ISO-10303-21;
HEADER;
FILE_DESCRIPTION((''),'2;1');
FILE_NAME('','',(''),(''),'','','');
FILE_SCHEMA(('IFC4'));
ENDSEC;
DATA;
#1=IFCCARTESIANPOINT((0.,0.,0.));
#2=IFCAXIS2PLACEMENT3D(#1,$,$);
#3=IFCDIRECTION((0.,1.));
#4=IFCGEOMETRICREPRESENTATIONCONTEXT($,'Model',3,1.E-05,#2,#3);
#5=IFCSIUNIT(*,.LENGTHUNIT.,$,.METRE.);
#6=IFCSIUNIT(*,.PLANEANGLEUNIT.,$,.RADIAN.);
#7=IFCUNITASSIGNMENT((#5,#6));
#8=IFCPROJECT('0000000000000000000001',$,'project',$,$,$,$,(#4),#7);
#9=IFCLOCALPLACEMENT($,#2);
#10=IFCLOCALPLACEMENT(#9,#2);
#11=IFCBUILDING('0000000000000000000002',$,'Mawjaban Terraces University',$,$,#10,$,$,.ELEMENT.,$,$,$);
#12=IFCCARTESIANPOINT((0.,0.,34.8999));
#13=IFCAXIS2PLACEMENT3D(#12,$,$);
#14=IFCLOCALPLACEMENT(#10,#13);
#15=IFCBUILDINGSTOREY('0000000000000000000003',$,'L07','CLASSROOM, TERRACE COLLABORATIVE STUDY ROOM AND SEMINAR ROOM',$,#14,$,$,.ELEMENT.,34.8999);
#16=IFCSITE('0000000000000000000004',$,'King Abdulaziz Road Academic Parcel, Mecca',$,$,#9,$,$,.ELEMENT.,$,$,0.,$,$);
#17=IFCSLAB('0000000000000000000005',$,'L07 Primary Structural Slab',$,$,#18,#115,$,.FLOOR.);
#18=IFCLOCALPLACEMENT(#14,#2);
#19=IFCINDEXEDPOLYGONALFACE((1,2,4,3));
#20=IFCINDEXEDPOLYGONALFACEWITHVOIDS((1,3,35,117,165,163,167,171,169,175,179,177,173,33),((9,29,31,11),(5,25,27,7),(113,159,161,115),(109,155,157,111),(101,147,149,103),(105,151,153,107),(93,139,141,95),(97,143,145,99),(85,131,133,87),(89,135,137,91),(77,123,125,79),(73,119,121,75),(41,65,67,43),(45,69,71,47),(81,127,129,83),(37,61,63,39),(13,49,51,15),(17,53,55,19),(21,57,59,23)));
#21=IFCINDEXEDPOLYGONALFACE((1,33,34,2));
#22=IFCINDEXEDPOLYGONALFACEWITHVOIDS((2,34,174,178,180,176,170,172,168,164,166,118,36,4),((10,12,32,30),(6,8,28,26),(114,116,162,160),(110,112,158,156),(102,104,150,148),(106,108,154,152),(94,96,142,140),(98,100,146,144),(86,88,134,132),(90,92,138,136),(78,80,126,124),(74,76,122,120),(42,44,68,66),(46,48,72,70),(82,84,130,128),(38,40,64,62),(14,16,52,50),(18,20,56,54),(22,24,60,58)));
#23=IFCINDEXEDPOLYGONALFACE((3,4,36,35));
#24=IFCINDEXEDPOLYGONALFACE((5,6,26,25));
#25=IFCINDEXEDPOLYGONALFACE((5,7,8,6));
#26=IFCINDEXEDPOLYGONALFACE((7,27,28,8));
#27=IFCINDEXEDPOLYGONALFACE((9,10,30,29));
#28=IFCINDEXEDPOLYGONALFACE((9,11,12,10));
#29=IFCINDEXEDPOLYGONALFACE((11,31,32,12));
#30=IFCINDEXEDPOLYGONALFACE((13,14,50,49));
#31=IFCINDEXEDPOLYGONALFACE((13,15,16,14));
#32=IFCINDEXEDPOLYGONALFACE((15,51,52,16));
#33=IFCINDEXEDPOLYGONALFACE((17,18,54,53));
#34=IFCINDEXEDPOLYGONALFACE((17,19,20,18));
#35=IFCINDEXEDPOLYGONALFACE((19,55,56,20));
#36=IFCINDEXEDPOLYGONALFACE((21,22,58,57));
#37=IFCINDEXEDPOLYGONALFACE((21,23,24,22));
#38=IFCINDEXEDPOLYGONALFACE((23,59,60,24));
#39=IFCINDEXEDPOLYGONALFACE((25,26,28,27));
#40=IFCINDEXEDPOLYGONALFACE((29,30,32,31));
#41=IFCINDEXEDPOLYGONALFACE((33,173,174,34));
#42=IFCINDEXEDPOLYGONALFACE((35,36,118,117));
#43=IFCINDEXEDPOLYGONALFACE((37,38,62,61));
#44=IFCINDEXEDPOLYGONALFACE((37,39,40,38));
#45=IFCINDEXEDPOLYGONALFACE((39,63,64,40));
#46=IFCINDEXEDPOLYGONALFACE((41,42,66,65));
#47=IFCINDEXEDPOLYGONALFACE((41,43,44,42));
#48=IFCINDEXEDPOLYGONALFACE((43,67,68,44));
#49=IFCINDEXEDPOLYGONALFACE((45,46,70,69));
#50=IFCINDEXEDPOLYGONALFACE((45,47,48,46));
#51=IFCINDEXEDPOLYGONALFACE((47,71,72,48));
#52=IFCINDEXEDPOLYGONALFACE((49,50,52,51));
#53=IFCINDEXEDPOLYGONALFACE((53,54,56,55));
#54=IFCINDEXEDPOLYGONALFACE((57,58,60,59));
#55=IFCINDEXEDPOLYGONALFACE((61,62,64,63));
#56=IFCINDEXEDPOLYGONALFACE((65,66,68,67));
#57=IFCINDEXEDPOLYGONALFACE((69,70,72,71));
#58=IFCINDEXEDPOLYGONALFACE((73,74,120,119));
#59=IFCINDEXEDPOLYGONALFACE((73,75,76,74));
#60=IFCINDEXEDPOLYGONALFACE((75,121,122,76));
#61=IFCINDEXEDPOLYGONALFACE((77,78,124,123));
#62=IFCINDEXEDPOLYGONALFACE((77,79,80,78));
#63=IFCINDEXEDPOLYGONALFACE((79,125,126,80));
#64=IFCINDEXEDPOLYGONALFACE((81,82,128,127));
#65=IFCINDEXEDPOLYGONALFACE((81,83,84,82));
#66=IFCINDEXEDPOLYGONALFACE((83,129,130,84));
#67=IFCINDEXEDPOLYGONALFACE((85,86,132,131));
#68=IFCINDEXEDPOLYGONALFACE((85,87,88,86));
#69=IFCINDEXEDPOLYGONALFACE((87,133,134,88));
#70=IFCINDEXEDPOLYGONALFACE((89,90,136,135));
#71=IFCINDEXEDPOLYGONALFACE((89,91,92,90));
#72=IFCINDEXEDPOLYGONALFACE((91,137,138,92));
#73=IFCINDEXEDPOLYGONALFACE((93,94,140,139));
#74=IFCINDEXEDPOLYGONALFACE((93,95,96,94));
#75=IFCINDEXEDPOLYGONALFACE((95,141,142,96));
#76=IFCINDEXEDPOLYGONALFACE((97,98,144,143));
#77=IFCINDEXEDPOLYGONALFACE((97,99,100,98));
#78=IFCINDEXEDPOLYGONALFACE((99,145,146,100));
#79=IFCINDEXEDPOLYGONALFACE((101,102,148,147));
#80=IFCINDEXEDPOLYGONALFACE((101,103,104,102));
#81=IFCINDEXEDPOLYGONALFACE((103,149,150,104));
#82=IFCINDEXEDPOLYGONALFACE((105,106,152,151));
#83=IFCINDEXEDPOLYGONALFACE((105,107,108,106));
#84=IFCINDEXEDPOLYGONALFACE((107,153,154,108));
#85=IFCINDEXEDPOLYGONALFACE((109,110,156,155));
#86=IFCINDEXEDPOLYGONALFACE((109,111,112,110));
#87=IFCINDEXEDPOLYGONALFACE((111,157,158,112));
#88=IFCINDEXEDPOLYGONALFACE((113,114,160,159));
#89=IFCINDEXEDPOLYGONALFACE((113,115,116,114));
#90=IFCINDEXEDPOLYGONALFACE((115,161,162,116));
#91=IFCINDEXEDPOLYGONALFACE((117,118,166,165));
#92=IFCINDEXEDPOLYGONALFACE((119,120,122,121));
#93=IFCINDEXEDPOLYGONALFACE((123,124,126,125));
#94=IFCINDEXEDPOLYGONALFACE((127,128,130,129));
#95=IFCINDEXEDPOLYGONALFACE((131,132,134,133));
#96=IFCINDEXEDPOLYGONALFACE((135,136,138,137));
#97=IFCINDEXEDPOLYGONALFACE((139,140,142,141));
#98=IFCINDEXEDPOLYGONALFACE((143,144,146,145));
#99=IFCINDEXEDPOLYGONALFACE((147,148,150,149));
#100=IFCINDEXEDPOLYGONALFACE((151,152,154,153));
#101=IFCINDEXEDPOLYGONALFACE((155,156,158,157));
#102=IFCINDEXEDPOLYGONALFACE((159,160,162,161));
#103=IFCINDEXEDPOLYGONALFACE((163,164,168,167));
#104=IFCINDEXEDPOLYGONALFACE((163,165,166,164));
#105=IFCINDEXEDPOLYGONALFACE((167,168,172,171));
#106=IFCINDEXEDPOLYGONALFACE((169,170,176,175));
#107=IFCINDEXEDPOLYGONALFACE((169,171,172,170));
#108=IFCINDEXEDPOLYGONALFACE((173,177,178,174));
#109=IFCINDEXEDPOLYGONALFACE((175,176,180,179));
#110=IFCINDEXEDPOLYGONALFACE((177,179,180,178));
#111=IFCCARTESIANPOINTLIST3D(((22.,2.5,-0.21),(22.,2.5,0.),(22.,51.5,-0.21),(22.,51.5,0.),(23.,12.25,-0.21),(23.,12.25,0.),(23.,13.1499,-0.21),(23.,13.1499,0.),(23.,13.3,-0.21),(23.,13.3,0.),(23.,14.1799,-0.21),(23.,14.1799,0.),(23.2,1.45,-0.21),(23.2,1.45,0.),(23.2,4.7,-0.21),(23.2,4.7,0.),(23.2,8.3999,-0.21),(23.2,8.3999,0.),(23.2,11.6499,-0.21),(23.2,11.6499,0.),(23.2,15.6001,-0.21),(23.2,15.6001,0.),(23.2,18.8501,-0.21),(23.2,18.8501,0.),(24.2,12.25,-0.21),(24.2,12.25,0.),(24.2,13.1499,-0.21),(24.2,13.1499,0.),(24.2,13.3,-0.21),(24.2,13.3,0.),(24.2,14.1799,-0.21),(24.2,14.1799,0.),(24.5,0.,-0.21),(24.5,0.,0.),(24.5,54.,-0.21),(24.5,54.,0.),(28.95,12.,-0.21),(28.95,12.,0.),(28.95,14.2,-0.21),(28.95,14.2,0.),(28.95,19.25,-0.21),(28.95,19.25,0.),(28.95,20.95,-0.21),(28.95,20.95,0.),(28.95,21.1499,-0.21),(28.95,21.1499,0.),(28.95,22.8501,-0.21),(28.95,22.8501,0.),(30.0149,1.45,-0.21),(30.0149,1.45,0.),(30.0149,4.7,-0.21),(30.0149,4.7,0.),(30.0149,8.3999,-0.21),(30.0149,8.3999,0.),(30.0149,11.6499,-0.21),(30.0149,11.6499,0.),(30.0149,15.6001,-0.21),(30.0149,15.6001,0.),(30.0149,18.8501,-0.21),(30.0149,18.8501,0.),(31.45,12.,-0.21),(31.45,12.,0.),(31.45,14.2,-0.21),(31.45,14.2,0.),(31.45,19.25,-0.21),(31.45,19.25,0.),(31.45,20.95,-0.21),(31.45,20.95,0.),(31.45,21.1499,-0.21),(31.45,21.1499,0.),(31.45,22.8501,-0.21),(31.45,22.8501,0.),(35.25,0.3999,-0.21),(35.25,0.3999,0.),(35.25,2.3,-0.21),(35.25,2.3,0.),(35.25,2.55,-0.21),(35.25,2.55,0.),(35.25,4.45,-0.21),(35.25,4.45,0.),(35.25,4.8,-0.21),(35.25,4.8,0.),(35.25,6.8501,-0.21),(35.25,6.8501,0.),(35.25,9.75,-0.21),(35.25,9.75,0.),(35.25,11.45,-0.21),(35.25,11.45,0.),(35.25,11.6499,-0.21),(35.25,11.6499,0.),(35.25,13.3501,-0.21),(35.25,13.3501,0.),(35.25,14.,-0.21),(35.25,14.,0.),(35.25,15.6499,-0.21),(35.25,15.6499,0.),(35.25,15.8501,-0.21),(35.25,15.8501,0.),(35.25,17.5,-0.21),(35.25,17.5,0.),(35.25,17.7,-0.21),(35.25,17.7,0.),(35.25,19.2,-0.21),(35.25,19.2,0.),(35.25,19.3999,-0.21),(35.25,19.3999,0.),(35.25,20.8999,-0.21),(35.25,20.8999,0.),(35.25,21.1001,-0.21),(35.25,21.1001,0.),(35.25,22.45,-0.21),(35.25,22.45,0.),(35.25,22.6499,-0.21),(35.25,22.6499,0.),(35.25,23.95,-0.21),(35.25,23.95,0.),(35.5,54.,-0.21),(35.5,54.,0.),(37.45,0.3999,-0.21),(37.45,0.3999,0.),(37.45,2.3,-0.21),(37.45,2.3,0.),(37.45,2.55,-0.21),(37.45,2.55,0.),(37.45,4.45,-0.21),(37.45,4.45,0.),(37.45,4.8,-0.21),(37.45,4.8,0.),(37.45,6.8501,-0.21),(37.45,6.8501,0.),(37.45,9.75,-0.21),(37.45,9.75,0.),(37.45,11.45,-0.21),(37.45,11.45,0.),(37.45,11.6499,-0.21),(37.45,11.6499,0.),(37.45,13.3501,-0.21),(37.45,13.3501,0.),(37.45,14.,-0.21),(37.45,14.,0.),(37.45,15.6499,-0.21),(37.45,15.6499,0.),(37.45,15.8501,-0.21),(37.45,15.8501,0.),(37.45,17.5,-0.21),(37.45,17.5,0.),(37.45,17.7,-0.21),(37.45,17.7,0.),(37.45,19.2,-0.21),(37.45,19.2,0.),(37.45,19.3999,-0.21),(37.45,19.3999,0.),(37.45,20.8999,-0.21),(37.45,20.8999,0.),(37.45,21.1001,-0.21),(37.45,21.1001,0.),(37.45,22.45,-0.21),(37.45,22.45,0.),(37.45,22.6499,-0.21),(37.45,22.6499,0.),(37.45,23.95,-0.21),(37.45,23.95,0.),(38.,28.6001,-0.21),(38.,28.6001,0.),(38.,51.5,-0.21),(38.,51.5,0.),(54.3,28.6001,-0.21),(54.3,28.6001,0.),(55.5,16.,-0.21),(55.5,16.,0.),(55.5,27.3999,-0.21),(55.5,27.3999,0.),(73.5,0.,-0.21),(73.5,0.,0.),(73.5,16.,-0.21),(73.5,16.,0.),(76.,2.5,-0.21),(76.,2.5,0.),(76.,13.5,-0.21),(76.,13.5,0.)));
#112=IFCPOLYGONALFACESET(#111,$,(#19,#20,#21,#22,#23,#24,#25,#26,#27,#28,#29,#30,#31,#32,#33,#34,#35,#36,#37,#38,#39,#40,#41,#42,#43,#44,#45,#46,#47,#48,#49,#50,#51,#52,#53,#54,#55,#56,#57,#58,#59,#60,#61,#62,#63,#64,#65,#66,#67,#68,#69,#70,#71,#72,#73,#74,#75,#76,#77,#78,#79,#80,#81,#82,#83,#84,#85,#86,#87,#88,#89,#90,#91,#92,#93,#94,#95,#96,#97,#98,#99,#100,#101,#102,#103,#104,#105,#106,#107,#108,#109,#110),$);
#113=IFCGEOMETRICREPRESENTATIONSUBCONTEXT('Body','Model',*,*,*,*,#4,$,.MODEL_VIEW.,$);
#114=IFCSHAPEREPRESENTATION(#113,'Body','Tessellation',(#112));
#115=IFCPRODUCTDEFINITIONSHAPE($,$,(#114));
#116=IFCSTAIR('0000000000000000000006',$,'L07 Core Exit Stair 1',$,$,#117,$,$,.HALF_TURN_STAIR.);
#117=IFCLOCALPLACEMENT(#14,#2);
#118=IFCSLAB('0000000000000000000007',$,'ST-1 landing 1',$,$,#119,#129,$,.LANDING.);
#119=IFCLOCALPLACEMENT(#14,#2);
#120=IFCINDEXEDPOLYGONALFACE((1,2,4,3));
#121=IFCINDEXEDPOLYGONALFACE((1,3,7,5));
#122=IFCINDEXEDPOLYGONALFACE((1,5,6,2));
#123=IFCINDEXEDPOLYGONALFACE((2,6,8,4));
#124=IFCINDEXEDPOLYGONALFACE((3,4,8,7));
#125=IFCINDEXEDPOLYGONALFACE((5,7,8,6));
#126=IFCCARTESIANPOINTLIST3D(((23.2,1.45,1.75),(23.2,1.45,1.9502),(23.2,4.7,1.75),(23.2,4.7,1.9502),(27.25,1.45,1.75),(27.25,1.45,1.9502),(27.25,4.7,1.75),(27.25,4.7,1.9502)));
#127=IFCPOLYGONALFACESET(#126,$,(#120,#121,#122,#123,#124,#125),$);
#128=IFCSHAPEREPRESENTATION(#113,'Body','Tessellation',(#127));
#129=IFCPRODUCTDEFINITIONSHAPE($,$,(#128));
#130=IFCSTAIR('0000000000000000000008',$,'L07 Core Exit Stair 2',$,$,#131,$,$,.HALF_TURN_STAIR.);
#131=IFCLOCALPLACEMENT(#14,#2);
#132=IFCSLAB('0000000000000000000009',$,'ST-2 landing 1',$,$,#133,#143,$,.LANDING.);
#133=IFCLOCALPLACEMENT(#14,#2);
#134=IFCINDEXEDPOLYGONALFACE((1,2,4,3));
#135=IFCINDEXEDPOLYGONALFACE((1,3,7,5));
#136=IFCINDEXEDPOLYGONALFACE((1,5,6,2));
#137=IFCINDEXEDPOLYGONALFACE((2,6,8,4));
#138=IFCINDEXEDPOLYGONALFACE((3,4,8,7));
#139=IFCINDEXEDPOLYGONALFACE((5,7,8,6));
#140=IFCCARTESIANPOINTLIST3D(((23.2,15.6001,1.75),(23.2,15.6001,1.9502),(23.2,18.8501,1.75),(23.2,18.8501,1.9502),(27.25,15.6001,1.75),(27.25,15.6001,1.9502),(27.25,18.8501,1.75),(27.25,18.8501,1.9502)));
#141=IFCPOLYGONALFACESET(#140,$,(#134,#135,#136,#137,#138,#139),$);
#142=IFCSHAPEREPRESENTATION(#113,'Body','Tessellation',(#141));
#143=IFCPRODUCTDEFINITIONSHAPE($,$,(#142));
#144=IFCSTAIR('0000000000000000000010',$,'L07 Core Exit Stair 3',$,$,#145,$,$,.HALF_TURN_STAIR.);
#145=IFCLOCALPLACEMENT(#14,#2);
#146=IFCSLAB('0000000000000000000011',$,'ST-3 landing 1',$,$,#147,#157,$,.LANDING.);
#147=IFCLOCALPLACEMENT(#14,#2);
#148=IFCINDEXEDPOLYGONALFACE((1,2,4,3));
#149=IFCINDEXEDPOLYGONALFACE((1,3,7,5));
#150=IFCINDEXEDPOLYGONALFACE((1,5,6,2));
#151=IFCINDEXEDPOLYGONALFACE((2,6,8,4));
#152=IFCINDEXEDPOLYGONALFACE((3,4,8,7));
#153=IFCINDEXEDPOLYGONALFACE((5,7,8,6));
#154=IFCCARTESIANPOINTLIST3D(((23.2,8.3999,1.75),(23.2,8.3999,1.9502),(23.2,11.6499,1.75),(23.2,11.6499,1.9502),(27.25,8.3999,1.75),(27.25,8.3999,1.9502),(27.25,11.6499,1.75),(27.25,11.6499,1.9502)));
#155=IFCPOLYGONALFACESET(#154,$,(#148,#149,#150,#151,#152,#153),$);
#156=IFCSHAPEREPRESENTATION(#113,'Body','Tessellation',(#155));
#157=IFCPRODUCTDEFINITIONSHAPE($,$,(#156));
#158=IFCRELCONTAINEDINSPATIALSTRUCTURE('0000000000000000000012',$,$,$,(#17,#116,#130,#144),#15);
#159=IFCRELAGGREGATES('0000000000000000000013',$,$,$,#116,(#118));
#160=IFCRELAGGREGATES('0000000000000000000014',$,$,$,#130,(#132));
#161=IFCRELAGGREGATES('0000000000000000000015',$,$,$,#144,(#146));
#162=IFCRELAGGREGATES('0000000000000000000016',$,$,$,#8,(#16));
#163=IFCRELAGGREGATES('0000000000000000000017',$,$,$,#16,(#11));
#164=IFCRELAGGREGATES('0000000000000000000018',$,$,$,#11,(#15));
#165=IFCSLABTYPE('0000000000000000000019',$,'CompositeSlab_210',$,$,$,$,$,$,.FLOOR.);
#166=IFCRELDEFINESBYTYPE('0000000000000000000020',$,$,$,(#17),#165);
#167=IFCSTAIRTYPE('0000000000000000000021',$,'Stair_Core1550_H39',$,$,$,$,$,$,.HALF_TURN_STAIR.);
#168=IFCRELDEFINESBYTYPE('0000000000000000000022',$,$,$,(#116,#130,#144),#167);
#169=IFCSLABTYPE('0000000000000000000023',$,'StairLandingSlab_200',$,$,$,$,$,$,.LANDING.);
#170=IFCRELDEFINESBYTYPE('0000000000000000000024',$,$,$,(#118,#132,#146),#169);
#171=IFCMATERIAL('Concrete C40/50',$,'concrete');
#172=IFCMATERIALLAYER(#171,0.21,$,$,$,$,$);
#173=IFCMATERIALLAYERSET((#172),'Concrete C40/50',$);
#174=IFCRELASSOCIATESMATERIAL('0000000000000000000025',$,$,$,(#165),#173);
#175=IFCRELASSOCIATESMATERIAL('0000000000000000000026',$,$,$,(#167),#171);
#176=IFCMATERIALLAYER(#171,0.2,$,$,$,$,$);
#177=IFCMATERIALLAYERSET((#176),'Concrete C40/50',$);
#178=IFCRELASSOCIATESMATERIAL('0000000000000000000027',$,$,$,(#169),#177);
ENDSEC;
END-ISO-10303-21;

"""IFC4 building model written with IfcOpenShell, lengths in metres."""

from ifc_helpers import new_model, si_unit, direction, frame, origin, place, context, subcontext, project, spatial, polyline, outline, extrude, material, layer, layer_set, type_object, element, aggregate, save


model = new_model("IFC4")

# Units and contexts
model_context = context("Model", 3, precision=1e-05, world=origin(), true_north=direction((0.0, 1.0)))
body_context = subcontext(model_context, "Body", "Model", "MODEL_VIEW")
ifc_project = project(units=[si_unit("LENGTHUNIT", "METRE"), si_unit("PLANEANGLEUNIT", "RADIAN")], contexts=[model_context])

# Site, building, storey
site_placement = place(None, origin())
site = spatial("IfcSite", under=ifc_project, at=site_placement, Name="King Abdulaziz Road Academic Parcel, Mecca", CompositionType="ELEMENT", RefElevation=0.0)
building_placement = place(site_placement, origin())
building = spatial("IfcBuilding", under=site, at=building_placement, Name="Mawjaban Terraces University", CompositionType="ELEMENT")
storey_placement = place(building_placement, frame((0.0, 0.0, 34.8999)))
storey = spatial("IfcBuildingStorey", under=building, at=storey_placement, Name="L07", Description="CLASSROOM, TERRACE COLLABORATIVE STUDY ROOM AND SEMINAR ROOM", CompositionType="ELEMENT", Elevation=34.8999)

# Slab
ifc_material_1 = material(Name="Concrete C40/50", Category="concrete")
ifc_layer_1 = layer(ifc_material_1, 0.21)
ifc_layer_set_1 = layer_set([ifc_layer_1], Name="Concrete C40/50")
slab_type_1 = type_object("IfcSlabType", Name="CompositeSlab_210", PredefinedType="FLOOR", material=ifc_layer_set_1)
slab_1_placement = place(storey_placement, frame((0.0, 0.0, -0.21)))
element("IfcSlab", 1, at=slab_1_placement, inside=storey, type_object=slab_type_1, Name="L07 Primary Structural Slab", PredefinedType="FLOOR", context=body_context, shape_type="SweptSolid", body=[
    extrude(outline(polyline([(24.5, 0.0), (73.5, 0.0), (76.0, 2.5), (76.0, 13.5), (73.5, 16.0), (55.5, 16.0), (55.5, 27.3999), (54.3, 28.6001), (38.0, 28.6001), (38.0, 51.5), (35.5, 54.0), (24.5, 54.0), (22.0, 51.5), (22.0, 2.5), (24.5, 0.0)]), holes=[polyline([(30.0149, 4.7), (23.2, 4.7), (23.2, 1.45), (30.0149, 1.45), (30.0149, 4.7)]), polyline([(30.0149, 18.8501), (23.2, 18.8501), (23.2, 15.6001), (30.0149, 15.6001), (30.0149, 18.8501)]), polyline([(30.0149, 11.6499), (23.2, 11.6499), (23.2, 8.3999), (30.0149, 8.3999), (30.0149, 11.6499)]), polyline([(35.25, 0.3999), (37.45, 0.3999), (37.45, 2.3), (35.25, 2.3), (35.25, 0.3999)]), polyline([(35.25, 2.55), (37.45, 2.55), (37.45, 4.45), (35.25, 4.45), (35.25, 2.55)]), polyline([(35.25, 4.8), (37.45, 4.8), (37.45, 6.8501), (35.25, 6.8501), (35.25, 4.8)]), polyline([(35.25, 9.75), (37.45, 9.75), (37.45, 11.45), (35.25, 11.45), (35.25, 9.75)]), polyline([(35.25, 11.6499), (37.45, 11.6499), (37.45, 13.3501), (35.25, 13.3501), (35.25, 11.6499)]), polyline([(28.95, 12.0), (31.45, 12.0), (31.45, 14.2), (28.95, 14.2), (28.95, 12.0)]), polyline([(35.25, 14.0), (37.45, 14.0), (37.45, 15.6499), (35.25, 15.6499), (35.25, 14.0)]), polyline([(35.25, 15.8501), (37.45, 15.8501), (37.45, 17.5), (35.25, 17.5), (35.25, 15.8501)]), polyline([(35.25, 17.7), (37.45, 17.7), (37.45, 19.2), (35.25, 19.2), (35.25, 17.7)]), polyline([(35.25, 19.3999), (37.45, 19.3999), (37.45, 20.8999), (35.25, 20.8999), (35.25, 19.3999)]), polyline([(28.95, 19.25), (31.45, 19.25), (31.45, 20.95), (28.95, 20.95), (28.95, 19.25)]), polyline([(35.25, 21.1001), (37.45, 21.1001), (37.45, 22.45), (35.25, 22.45), (35.25, 21.1001)]), polyline([(35.25, 22.6499), (37.45, 22.6499), (37.45, 23.95), (35.25, 23.95), (35.25, 22.6499)]), polyline([(28.95, 21.1499), (31.45, 21.1499), (31.45, 22.8501), (28.95, 22.8501), (28.95, 21.1499)]), polyline([(23.0, 12.25), (24.2, 12.25), (24.2, 13.1499), (23.0, 13.1499), (23.0, 12.25)]), polyline([(23.0, 13.3), (24.2, 13.3), (24.2, 14.1799), (23.0, 14.1799), (23.0, 13.3)])]), origin(), (0.0, 0.0, 1.0), 0.21),
])

# Stairs, slabs
stair_type = type_object("IfcStairType", Name="Stair_Core1550_H39", PredefinedType="HALF_TURN_STAIR", material=ifc_material_1)
stair_1_placement = place(storey_placement, origin())
stair_1 = element("IfcStair", 2, at=stair_1_placement, inside=storey, type_object=stair_type, Name="L07 Core Exit Stair 1", PredefinedType="HALF_TURN_STAIR")
ifc_layer_2 = layer(ifc_material_1, 0.2)
ifc_layer_set_2 = layer_set([ifc_layer_2], Name="Concrete C40/50")
slab_type_2 = type_object("IfcSlabType", Name="StairLandingSlab_200", PredefinedType="LANDING", material=ifc_layer_set_2)
slab_2_placement = place(storey_placement, frame((0.0, 0.0, 1.75)))
slab_2 = element("IfcSlab", 3, at=slab_2_placement, type_object=slab_type_2, Name="ST-1 landing 1", PredefinedType="LANDING", context=body_context, shape_type="SweptSolid", body=[
    extrude(outline(polyline([(27.25, 4.7), (23.2, 4.7), (23.2, 1.45), (27.25, 1.45), (27.25, 4.7)])), origin(), (0.0, 0.0, 1.0), 0.2002),
])
aggregate(stair_1, [slab_2])
stair_2_placement = place(storey_placement, origin())
stair_2 = element("IfcStair", 4, at=stair_2_placement, inside=storey, type_object=stair_type, Name="L07 Core Exit Stair 2", PredefinedType="HALF_TURN_STAIR")
slab_3_placement = place(storey_placement, frame((0.0, 0.0, 1.75)))
slab_3 = element("IfcSlab", 5, at=slab_3_placement, type_object=slab_type_2, Name="ST-2 landing 1", PredefinedType="LANDING", context=body_context, shape_type="SweptSolid", body=[
    extrude(outline(polyline([(27.25, 18.8501), (23.2, 18.8501), (23.2, 15.6001), (27.25, 15.6001), (27.25, 18.8501)])), origin(), (0.0, 0.0, 1.0), 0.2002),
])
aggregate(stair_2, [slab_3])
stair_3_placement = place(storey_placement, origin())
stair_3 = element("IfcStair", 6, at=stair_3_placement, inside=storey, type_object=stair_type, Name="L07 Core Exit Stair 3", PredefinedType="HALF_TURN_STAIR")
slab_4_placement = place(storey_placement, frame((0.0, 0.0, 1.75)))
slab_4 = element("IfcSlab", 7, at=slab_4_placement, type_object=slab_type_2, Name="ST-3 landing 1", PredefinedType="LANDING", context=body_context, shape_type="SweptSolid", body=[
    extrude(outline(polyline([(27.25, 11.6499), (23.2, 11.6499), (23.2, 8.3999), (27.25, 8.3999), (27.25, 11.6499)])), origin(), (0.0, 0.0, 1.0), 0.2002),
])
aggregate(stair_3, [slab_4])

save(model, "model.ifc")
